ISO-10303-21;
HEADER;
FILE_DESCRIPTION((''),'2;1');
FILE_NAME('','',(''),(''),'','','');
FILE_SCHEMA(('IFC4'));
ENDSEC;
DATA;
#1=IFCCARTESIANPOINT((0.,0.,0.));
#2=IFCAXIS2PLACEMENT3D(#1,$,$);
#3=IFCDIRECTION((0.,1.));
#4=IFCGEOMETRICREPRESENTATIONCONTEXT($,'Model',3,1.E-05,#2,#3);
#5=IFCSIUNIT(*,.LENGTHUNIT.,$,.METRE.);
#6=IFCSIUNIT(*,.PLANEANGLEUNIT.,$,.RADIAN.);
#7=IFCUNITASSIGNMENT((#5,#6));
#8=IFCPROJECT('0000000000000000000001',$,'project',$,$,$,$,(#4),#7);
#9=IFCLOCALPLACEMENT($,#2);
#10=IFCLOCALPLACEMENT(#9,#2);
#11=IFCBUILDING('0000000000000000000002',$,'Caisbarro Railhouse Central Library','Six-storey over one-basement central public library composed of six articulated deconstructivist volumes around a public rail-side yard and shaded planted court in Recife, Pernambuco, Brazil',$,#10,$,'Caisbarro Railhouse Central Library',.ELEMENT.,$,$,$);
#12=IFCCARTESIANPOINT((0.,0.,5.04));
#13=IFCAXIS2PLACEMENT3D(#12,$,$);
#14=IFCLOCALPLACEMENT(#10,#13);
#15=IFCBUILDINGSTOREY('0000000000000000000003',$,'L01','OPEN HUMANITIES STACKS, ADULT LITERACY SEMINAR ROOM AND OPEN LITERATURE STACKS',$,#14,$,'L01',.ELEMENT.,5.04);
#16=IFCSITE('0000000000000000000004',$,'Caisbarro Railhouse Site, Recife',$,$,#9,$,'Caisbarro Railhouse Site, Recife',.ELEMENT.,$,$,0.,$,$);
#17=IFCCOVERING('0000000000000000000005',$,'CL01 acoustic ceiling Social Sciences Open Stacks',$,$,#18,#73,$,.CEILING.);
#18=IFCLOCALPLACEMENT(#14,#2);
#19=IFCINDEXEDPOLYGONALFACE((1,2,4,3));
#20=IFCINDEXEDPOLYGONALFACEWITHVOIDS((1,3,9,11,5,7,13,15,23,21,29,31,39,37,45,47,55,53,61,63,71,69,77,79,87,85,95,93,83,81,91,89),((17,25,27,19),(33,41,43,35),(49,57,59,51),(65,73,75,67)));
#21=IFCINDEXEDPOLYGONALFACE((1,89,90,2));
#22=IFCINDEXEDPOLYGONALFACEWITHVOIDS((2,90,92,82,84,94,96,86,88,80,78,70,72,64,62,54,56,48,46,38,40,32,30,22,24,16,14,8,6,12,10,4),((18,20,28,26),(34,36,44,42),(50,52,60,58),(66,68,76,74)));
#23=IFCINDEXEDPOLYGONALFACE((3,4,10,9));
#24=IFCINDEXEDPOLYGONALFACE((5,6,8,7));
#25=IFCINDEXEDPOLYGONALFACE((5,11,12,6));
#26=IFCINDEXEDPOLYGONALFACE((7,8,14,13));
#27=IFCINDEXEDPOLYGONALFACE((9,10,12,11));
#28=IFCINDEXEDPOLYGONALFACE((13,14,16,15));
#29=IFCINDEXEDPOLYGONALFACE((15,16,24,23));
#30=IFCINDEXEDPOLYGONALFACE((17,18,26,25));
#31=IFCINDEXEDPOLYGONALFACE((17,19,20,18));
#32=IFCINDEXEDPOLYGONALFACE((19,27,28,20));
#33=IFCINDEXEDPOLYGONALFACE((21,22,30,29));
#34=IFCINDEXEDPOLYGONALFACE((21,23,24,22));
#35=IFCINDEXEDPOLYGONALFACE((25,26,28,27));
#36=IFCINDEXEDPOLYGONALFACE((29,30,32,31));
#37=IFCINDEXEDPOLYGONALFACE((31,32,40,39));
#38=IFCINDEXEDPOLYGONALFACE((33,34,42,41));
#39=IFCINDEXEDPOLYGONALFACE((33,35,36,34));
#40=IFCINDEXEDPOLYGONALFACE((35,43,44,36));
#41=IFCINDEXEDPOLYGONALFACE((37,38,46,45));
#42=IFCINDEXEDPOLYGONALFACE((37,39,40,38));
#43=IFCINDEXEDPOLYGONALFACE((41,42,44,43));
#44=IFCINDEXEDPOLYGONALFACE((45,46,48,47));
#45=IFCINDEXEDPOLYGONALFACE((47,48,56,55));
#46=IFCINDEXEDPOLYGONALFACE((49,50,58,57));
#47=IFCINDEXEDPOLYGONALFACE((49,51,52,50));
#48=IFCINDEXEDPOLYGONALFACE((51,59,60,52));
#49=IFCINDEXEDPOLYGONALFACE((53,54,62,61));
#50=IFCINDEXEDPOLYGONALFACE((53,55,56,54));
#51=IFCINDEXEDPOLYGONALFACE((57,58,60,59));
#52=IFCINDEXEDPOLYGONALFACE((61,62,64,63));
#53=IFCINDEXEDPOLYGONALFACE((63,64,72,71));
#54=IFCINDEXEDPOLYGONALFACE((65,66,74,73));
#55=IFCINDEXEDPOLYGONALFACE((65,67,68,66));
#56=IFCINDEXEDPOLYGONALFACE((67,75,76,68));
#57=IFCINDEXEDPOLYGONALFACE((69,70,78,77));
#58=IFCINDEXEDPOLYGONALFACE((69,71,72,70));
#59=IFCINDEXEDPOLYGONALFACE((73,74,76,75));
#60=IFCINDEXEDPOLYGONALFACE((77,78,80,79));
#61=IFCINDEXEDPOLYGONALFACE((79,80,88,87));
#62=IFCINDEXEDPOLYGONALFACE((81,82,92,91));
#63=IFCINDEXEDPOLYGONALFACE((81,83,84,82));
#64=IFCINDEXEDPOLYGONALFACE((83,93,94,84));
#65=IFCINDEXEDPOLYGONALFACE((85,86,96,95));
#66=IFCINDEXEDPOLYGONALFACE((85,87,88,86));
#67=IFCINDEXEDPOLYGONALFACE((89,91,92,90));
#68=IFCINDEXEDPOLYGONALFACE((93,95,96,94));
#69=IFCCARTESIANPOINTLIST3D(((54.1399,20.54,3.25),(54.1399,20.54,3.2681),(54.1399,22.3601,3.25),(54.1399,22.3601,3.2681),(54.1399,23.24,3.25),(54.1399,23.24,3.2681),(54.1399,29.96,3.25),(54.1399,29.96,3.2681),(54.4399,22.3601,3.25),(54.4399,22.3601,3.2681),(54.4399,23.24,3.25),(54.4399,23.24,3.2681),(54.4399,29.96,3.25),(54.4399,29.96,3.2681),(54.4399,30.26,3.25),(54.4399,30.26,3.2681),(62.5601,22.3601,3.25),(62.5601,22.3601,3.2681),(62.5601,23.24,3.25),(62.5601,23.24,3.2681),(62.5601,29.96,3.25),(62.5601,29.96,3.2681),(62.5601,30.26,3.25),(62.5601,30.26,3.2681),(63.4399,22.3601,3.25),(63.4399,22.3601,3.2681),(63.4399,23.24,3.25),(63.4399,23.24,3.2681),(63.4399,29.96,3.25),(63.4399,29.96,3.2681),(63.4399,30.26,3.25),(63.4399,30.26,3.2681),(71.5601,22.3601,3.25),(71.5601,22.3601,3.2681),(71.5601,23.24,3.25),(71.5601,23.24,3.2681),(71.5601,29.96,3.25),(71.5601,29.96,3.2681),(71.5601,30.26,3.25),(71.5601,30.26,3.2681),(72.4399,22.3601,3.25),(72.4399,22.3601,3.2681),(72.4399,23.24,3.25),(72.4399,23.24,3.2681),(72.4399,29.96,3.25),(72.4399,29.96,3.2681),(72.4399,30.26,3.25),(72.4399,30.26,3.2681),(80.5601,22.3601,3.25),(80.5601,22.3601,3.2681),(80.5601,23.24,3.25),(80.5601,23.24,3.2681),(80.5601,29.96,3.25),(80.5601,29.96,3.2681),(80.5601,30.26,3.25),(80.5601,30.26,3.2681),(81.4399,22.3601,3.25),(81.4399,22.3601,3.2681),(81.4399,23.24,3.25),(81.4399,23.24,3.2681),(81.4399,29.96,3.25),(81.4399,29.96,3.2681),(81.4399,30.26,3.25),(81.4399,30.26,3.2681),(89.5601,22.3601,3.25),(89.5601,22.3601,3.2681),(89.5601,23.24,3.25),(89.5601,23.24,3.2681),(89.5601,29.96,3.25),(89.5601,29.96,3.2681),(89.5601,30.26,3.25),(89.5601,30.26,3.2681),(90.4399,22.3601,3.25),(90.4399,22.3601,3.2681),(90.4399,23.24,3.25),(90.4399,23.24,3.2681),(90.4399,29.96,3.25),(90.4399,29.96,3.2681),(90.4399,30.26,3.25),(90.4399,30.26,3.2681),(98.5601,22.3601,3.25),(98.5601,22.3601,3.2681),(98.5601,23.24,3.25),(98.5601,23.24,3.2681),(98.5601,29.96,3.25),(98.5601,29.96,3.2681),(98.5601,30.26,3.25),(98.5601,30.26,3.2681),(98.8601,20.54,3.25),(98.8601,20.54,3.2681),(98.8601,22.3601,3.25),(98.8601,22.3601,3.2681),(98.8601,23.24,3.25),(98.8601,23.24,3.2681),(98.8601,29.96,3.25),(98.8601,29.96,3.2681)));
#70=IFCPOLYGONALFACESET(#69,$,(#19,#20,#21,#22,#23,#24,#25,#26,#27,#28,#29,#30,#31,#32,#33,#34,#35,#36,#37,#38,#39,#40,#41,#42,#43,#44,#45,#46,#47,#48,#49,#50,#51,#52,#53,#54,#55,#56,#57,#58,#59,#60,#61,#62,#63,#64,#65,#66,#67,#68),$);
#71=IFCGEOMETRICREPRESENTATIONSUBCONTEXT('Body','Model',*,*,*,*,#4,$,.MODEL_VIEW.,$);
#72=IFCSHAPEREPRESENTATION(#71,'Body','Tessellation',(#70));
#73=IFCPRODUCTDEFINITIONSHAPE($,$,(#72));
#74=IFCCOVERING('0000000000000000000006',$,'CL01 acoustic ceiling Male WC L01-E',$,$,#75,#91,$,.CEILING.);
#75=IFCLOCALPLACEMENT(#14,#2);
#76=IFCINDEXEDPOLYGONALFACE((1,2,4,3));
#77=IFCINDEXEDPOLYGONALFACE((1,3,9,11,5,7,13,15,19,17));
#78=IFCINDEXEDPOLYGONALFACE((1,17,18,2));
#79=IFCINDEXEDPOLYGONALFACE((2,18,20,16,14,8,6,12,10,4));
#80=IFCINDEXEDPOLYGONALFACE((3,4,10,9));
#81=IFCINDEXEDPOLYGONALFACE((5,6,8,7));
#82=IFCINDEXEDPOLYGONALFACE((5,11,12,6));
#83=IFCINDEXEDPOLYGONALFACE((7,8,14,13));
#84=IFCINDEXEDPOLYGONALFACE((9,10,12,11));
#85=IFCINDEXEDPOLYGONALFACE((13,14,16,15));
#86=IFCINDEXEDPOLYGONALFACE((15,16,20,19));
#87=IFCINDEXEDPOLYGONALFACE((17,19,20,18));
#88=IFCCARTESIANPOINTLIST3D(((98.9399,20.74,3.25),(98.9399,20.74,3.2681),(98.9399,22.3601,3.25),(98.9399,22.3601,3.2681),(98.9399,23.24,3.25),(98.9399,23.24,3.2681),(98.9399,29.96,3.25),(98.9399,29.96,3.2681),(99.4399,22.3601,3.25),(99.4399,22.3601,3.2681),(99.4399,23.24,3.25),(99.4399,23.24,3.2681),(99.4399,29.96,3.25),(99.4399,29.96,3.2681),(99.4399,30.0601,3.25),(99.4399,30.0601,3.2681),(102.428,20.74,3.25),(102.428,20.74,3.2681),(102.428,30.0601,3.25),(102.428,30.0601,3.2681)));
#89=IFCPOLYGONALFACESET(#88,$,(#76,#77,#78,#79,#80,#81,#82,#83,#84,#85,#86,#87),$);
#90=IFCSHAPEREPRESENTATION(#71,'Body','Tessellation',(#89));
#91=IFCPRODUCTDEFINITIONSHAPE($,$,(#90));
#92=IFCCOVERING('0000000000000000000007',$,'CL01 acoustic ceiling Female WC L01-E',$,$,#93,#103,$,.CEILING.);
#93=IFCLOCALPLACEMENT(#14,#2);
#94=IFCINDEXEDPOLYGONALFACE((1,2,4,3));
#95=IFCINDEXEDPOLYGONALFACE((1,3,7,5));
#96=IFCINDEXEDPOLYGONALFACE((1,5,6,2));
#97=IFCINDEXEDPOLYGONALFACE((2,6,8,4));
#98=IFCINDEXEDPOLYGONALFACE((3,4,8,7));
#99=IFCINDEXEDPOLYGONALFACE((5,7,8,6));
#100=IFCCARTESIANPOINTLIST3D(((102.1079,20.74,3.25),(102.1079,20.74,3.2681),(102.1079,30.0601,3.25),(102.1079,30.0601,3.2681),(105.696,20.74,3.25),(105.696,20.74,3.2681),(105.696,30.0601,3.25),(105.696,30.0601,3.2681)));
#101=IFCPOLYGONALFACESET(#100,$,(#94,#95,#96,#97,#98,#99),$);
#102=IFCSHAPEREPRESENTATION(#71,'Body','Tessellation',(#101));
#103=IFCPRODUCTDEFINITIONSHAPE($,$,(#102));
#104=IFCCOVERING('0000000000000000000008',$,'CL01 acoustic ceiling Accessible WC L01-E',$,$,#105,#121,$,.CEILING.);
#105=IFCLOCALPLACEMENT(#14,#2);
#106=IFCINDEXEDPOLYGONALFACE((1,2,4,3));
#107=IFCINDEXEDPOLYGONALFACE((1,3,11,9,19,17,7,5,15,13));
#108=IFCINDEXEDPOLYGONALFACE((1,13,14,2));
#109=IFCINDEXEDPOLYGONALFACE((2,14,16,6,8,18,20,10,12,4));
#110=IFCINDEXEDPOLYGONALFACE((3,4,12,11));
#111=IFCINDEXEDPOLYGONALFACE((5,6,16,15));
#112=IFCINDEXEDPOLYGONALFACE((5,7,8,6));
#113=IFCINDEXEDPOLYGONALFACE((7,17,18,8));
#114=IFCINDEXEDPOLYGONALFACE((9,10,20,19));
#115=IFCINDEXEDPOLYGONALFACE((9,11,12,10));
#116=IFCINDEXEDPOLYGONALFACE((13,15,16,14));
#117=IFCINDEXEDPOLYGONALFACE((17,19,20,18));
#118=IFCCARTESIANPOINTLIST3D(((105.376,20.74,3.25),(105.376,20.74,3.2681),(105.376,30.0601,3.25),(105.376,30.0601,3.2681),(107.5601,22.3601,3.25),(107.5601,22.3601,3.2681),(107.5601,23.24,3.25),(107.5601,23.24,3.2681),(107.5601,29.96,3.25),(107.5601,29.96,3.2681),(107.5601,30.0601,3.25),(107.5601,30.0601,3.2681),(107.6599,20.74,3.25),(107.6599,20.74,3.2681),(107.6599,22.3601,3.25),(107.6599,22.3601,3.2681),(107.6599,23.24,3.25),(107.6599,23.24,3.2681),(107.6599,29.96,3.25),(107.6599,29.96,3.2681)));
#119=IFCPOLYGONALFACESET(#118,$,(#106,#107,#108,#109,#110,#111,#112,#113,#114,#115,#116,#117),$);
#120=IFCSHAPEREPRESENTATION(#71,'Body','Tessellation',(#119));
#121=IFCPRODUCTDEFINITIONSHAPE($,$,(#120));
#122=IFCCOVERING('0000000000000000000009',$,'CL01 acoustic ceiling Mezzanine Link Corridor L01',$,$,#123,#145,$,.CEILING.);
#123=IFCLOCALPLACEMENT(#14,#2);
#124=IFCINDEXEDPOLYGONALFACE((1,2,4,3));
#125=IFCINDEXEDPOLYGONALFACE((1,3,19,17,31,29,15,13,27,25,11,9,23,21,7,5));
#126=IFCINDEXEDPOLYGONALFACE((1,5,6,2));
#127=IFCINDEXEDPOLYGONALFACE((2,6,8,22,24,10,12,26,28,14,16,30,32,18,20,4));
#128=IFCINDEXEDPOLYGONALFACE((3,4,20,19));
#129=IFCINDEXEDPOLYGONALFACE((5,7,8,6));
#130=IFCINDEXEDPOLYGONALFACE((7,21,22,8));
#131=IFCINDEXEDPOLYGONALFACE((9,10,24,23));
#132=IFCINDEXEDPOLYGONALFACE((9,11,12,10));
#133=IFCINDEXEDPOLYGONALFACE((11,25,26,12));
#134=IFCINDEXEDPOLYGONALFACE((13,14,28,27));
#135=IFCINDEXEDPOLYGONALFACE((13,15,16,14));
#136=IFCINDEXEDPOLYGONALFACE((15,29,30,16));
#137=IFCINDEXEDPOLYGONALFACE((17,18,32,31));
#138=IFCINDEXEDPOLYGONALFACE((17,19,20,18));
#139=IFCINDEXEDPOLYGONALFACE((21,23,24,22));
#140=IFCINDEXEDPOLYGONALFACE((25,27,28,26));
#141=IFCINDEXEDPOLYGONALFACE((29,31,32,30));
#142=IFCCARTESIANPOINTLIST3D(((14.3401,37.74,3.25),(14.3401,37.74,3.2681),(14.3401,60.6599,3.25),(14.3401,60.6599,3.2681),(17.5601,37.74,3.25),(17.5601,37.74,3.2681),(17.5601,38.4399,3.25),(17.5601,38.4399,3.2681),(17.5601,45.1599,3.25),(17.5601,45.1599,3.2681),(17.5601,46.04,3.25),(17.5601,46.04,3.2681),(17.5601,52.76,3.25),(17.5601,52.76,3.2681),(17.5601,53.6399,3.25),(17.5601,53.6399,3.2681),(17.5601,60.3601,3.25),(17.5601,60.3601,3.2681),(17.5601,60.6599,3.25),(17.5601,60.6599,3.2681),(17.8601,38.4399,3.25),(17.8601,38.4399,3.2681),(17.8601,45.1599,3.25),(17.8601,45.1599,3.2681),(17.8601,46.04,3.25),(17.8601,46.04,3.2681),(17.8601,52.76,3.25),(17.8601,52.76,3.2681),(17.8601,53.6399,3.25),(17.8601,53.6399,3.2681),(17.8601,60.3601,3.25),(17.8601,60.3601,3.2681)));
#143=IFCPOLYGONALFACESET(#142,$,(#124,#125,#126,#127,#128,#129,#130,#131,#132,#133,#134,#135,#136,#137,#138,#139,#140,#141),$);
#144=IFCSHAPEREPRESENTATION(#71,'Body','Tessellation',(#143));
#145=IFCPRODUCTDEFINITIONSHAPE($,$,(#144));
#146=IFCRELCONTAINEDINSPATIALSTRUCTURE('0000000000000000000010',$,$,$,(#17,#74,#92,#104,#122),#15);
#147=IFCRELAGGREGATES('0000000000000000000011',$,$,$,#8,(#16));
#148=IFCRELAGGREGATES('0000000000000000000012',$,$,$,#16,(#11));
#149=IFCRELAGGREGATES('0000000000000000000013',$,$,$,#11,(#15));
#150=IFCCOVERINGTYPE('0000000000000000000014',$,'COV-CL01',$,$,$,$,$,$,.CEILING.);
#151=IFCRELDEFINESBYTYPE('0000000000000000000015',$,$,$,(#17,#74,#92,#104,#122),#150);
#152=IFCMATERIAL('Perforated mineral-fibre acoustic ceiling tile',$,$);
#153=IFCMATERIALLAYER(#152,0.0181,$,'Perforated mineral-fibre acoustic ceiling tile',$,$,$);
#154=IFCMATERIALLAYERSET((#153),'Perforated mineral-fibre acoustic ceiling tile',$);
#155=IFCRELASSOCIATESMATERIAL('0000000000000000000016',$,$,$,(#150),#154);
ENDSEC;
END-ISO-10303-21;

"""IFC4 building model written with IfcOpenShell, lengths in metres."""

from ifc_helpers import new_model, si_unit, direction, frame, origin, place, context, subcontext, project, spatial, polyline, outline, extrude, material, layer, layer_set, type_object, element, save


model = new_model("IFC4")

# Units and contexts
model_context = context("Model", 3, precision=1e-05, world=origin(), true_north=direction((0.0, 1.0)))
body_context = subcontext(model_context, "Body", "Model", "MODEL_VIEW")
ifc_project = project(units=[si_unit("LENGTHUNIT", "METRE"), si_unit("PLANEANGLEUNIT", "RADIAN")], contexts=[model_context])

# Site, building, storey
site_placement = place(None, origin())
site = spatial("IfcSite", under=ifc_project, at=site_placement, Name="Caisbarro Railhouse Site, Recife", LongName="Caisbarro Railhouse Site, Recife", CompositionType="ELEMENT", RefElevation=0.0)
building_placement = place(site_placement, origin())
building = spatial("IfcBuilding", under=site, at=building_placement, Name="Caisbarro Railhouse Central Library", Description="Six-storey over one-basement central public library composed of six articulated deconstructivist volumes around a public rail-side yard and shaded planted court in Recife, Pernambuco, Brazil", LongName="Caisbarro Railhouse Central Library", CompositionType="ELEMENT")
storey_placement = place(building_placement, frame((0.0, 0.0, 5.04)))
storey = spatial("IfcBuildingStorey", under=building, at=storey_placement, Name="L01", Description="OPEN HUMANITIES STACKS, ADULT LITERACY SEMINAR ROOM AND OPEN LITERATURE STACKS", LongName="L01", CompositionType="ELEMENT", Elevation=5.04)

# Coverings
ifc_material_1 = material(Name="Perforated mineral-fibre acoustic ceiling tile")
ifc_layer_1 = layer(ifc_material_1, 0.0181, Name="Perforated mineral-fibre acoustic ceiling tile")
ifc_layer_set_1 = layer_set([ifc_layer_1], Name="Perforated mineral-fibre acoustic ceiling tile")
covering_type_1 = type_object("IfcCoveringType", Name="COV-CL01", PredefinedType="CEILING", material=ifc_layer_set_1)
covering_1_placement = place(storey_placement, frame((0.0, 0.0, 3.25)))
element("IfcCovering", 1, at=covering_1_placement, inside=storey, type_object=covering_type_1, Name="CL01 acoustic ceiling Social Sciences Open Stacks", PredefinedType="CEILING", context=body_context, shape_type="SweptSolid", body=[
    extrude(outline(polyline([(71.5601, 30.26), (71.5601, 29.96), (72.4399, 29.96), (72.4399, 30.26), (80.5601, 30.26), (80.5601, 29.96), (81.4399, 29.96), (81.4399, 30.26), (89.5601, 30.26), (89.5601, 29.96), (90.4399, 29.96), (90.4399, 30.26), (98.5601, 30.26), (98.5601, 29.96), (98.8601, 29.96), (98.8601, 23.24), (98.5601, 23.24), (98.5601, 22.3601), (98.8601, 22.3601), (98.8601, 20.54), (54.1399, 20.54), (54.1399, 22.3601), (54.4399, 22.3601), (54.4399, 23.24), (54.1399, 23.24), (54.1399, 29.96), (54.4399, 29.96), (54.4399, 30.26), (62.5601, 30.26), (62.5601, 29.96), (63.4399, 29.96), (63.4399, 30.26), (71.5601, 30.26)]), holes=[polyline([(62.5601, 23.24), (62.5601, 22.3601), (63.4399, 22.3601), (63.4399, 23.24), (62.5601, 23.24)]), polyline([(72.4399, 22.3601), (72.4399, 23.24), (71.5601, 23.24), (71.5601, 22.3601), (72.4399, 22.3601)]), polyline([(80.5601, 23.24), (80.5601, 22.3601), (81.4399, 22.3601), (81.4399, 23.24), (80.5601, 23.24)]), polyline([(90.4399, 22.3601), (90.4399, 23.24), (89.5601, 23.24), (89.5601, 22.3601), (90.4399, 22.3601)])]), origin(), (0.0, 0.0, 1.0), 0.0181),
])
covering_2_placement = place(storey_placement, frame((0.0, 0.0, 3.25)))
element("IfcCovering", 2, at=covering_2_placement, inside=storey, type_object=covering_type_1, Name="CL01 acoustic ceiling Male WC L01-E", PredefinedType="CEILING", context=body_context, shape_type="SweptSolid", body=[
    extrude(outline(polyline([(99.4399, 22.3601), (99.4399, 23.24), (98.9399, 23.24), (98.9399, 29.96), (99.4399, 29.96), (99.4399, 30.0601), (102.428, 30.0601), (102.428, 20.74), (98.9399, 20.74), (98.9399, 22.3601), (99.4399, 22.3601)])), origin(), (0.0, 0.0, 1.0), 0.0181),
])
covering_3_placement = place(storey_placement, frame((0.0, 0.0, 3.25)))
element("IfcCovering", 3, at=covering_3_placement, inside=storey, type_object=covering_type_1, Name="CL01 acoustic ceiling Female WC L01-E", PredefinedType="CEILING", context=body_context, shape_type="SweptSolid", body=[
    extrude(outline(polyline([(102.1079, 20.74), (102.1079, 30.0601), (105.696, 30.0601), (105.696, 20.74), (102.1079, 20.74)])), origin(), (0.0, 0.0, 1.0), 0.0181),
])
covering_4_placement = place(storey_placement, frame((0.0, 0.0, 3.25)))
element("IfcCovering", 4, at=covering_4_placement, inside=storey, type_object=covering_type_1, Name="CL01 acoustic ceiling Accessible WC L01-E", PredefinedType="CEILING", context=body_context, shape_type="SweptSolid", body=[
    extrude(outline(polyline([(107.5601, 30.0601), (107.5601, 29.96), (107.6599, 29.96), (107.6599, 23.24), (107.5601, 23.24), (107.5601, 22.3601), (107.6599, 22.3601), (107.6599, 20.74), (105.376, 20.74), (105.376, 30.0601), (107.5601, 30.0601)])), origin(), (0.0, 0.0, 1.0), 0.0181),
])
covering_5_placement = place(storey_placement, frame((0.0, 0.0, 3.25)))
element("IfcCovering", 5, at=covering_5_placement, inside=storey, type_object=covering_type_1, Name="CL01 acoustic ceiling Mezzanine Link Corridor L01", PredefinedType="CEILING", context=body_context, shape_type="SweptSolid", body=[
    extrude(outline(polyline([(17.5601, 53.6399), (17.5601, 52.76), (17.8601, 52.76), (17.8601, 46.04), (17.5601, 46.04), (17.5601, 45.1599), (17.8601, 45.1599), (17.8601, 38.4399), (17.5601, 38.4399), (17.5601, 37.74), (14.3401, 37.74), (14.3401, 60.6599), (17.5601, 60.6599), (17.5601, 60.3601), (17.8601, 60.3601), (17.8601, 53.6399), (17.5601, 53.6399)])), origin(), (0.0, 0.0, 1.0), 0.0181),
])

save(model, "model.ifc")
